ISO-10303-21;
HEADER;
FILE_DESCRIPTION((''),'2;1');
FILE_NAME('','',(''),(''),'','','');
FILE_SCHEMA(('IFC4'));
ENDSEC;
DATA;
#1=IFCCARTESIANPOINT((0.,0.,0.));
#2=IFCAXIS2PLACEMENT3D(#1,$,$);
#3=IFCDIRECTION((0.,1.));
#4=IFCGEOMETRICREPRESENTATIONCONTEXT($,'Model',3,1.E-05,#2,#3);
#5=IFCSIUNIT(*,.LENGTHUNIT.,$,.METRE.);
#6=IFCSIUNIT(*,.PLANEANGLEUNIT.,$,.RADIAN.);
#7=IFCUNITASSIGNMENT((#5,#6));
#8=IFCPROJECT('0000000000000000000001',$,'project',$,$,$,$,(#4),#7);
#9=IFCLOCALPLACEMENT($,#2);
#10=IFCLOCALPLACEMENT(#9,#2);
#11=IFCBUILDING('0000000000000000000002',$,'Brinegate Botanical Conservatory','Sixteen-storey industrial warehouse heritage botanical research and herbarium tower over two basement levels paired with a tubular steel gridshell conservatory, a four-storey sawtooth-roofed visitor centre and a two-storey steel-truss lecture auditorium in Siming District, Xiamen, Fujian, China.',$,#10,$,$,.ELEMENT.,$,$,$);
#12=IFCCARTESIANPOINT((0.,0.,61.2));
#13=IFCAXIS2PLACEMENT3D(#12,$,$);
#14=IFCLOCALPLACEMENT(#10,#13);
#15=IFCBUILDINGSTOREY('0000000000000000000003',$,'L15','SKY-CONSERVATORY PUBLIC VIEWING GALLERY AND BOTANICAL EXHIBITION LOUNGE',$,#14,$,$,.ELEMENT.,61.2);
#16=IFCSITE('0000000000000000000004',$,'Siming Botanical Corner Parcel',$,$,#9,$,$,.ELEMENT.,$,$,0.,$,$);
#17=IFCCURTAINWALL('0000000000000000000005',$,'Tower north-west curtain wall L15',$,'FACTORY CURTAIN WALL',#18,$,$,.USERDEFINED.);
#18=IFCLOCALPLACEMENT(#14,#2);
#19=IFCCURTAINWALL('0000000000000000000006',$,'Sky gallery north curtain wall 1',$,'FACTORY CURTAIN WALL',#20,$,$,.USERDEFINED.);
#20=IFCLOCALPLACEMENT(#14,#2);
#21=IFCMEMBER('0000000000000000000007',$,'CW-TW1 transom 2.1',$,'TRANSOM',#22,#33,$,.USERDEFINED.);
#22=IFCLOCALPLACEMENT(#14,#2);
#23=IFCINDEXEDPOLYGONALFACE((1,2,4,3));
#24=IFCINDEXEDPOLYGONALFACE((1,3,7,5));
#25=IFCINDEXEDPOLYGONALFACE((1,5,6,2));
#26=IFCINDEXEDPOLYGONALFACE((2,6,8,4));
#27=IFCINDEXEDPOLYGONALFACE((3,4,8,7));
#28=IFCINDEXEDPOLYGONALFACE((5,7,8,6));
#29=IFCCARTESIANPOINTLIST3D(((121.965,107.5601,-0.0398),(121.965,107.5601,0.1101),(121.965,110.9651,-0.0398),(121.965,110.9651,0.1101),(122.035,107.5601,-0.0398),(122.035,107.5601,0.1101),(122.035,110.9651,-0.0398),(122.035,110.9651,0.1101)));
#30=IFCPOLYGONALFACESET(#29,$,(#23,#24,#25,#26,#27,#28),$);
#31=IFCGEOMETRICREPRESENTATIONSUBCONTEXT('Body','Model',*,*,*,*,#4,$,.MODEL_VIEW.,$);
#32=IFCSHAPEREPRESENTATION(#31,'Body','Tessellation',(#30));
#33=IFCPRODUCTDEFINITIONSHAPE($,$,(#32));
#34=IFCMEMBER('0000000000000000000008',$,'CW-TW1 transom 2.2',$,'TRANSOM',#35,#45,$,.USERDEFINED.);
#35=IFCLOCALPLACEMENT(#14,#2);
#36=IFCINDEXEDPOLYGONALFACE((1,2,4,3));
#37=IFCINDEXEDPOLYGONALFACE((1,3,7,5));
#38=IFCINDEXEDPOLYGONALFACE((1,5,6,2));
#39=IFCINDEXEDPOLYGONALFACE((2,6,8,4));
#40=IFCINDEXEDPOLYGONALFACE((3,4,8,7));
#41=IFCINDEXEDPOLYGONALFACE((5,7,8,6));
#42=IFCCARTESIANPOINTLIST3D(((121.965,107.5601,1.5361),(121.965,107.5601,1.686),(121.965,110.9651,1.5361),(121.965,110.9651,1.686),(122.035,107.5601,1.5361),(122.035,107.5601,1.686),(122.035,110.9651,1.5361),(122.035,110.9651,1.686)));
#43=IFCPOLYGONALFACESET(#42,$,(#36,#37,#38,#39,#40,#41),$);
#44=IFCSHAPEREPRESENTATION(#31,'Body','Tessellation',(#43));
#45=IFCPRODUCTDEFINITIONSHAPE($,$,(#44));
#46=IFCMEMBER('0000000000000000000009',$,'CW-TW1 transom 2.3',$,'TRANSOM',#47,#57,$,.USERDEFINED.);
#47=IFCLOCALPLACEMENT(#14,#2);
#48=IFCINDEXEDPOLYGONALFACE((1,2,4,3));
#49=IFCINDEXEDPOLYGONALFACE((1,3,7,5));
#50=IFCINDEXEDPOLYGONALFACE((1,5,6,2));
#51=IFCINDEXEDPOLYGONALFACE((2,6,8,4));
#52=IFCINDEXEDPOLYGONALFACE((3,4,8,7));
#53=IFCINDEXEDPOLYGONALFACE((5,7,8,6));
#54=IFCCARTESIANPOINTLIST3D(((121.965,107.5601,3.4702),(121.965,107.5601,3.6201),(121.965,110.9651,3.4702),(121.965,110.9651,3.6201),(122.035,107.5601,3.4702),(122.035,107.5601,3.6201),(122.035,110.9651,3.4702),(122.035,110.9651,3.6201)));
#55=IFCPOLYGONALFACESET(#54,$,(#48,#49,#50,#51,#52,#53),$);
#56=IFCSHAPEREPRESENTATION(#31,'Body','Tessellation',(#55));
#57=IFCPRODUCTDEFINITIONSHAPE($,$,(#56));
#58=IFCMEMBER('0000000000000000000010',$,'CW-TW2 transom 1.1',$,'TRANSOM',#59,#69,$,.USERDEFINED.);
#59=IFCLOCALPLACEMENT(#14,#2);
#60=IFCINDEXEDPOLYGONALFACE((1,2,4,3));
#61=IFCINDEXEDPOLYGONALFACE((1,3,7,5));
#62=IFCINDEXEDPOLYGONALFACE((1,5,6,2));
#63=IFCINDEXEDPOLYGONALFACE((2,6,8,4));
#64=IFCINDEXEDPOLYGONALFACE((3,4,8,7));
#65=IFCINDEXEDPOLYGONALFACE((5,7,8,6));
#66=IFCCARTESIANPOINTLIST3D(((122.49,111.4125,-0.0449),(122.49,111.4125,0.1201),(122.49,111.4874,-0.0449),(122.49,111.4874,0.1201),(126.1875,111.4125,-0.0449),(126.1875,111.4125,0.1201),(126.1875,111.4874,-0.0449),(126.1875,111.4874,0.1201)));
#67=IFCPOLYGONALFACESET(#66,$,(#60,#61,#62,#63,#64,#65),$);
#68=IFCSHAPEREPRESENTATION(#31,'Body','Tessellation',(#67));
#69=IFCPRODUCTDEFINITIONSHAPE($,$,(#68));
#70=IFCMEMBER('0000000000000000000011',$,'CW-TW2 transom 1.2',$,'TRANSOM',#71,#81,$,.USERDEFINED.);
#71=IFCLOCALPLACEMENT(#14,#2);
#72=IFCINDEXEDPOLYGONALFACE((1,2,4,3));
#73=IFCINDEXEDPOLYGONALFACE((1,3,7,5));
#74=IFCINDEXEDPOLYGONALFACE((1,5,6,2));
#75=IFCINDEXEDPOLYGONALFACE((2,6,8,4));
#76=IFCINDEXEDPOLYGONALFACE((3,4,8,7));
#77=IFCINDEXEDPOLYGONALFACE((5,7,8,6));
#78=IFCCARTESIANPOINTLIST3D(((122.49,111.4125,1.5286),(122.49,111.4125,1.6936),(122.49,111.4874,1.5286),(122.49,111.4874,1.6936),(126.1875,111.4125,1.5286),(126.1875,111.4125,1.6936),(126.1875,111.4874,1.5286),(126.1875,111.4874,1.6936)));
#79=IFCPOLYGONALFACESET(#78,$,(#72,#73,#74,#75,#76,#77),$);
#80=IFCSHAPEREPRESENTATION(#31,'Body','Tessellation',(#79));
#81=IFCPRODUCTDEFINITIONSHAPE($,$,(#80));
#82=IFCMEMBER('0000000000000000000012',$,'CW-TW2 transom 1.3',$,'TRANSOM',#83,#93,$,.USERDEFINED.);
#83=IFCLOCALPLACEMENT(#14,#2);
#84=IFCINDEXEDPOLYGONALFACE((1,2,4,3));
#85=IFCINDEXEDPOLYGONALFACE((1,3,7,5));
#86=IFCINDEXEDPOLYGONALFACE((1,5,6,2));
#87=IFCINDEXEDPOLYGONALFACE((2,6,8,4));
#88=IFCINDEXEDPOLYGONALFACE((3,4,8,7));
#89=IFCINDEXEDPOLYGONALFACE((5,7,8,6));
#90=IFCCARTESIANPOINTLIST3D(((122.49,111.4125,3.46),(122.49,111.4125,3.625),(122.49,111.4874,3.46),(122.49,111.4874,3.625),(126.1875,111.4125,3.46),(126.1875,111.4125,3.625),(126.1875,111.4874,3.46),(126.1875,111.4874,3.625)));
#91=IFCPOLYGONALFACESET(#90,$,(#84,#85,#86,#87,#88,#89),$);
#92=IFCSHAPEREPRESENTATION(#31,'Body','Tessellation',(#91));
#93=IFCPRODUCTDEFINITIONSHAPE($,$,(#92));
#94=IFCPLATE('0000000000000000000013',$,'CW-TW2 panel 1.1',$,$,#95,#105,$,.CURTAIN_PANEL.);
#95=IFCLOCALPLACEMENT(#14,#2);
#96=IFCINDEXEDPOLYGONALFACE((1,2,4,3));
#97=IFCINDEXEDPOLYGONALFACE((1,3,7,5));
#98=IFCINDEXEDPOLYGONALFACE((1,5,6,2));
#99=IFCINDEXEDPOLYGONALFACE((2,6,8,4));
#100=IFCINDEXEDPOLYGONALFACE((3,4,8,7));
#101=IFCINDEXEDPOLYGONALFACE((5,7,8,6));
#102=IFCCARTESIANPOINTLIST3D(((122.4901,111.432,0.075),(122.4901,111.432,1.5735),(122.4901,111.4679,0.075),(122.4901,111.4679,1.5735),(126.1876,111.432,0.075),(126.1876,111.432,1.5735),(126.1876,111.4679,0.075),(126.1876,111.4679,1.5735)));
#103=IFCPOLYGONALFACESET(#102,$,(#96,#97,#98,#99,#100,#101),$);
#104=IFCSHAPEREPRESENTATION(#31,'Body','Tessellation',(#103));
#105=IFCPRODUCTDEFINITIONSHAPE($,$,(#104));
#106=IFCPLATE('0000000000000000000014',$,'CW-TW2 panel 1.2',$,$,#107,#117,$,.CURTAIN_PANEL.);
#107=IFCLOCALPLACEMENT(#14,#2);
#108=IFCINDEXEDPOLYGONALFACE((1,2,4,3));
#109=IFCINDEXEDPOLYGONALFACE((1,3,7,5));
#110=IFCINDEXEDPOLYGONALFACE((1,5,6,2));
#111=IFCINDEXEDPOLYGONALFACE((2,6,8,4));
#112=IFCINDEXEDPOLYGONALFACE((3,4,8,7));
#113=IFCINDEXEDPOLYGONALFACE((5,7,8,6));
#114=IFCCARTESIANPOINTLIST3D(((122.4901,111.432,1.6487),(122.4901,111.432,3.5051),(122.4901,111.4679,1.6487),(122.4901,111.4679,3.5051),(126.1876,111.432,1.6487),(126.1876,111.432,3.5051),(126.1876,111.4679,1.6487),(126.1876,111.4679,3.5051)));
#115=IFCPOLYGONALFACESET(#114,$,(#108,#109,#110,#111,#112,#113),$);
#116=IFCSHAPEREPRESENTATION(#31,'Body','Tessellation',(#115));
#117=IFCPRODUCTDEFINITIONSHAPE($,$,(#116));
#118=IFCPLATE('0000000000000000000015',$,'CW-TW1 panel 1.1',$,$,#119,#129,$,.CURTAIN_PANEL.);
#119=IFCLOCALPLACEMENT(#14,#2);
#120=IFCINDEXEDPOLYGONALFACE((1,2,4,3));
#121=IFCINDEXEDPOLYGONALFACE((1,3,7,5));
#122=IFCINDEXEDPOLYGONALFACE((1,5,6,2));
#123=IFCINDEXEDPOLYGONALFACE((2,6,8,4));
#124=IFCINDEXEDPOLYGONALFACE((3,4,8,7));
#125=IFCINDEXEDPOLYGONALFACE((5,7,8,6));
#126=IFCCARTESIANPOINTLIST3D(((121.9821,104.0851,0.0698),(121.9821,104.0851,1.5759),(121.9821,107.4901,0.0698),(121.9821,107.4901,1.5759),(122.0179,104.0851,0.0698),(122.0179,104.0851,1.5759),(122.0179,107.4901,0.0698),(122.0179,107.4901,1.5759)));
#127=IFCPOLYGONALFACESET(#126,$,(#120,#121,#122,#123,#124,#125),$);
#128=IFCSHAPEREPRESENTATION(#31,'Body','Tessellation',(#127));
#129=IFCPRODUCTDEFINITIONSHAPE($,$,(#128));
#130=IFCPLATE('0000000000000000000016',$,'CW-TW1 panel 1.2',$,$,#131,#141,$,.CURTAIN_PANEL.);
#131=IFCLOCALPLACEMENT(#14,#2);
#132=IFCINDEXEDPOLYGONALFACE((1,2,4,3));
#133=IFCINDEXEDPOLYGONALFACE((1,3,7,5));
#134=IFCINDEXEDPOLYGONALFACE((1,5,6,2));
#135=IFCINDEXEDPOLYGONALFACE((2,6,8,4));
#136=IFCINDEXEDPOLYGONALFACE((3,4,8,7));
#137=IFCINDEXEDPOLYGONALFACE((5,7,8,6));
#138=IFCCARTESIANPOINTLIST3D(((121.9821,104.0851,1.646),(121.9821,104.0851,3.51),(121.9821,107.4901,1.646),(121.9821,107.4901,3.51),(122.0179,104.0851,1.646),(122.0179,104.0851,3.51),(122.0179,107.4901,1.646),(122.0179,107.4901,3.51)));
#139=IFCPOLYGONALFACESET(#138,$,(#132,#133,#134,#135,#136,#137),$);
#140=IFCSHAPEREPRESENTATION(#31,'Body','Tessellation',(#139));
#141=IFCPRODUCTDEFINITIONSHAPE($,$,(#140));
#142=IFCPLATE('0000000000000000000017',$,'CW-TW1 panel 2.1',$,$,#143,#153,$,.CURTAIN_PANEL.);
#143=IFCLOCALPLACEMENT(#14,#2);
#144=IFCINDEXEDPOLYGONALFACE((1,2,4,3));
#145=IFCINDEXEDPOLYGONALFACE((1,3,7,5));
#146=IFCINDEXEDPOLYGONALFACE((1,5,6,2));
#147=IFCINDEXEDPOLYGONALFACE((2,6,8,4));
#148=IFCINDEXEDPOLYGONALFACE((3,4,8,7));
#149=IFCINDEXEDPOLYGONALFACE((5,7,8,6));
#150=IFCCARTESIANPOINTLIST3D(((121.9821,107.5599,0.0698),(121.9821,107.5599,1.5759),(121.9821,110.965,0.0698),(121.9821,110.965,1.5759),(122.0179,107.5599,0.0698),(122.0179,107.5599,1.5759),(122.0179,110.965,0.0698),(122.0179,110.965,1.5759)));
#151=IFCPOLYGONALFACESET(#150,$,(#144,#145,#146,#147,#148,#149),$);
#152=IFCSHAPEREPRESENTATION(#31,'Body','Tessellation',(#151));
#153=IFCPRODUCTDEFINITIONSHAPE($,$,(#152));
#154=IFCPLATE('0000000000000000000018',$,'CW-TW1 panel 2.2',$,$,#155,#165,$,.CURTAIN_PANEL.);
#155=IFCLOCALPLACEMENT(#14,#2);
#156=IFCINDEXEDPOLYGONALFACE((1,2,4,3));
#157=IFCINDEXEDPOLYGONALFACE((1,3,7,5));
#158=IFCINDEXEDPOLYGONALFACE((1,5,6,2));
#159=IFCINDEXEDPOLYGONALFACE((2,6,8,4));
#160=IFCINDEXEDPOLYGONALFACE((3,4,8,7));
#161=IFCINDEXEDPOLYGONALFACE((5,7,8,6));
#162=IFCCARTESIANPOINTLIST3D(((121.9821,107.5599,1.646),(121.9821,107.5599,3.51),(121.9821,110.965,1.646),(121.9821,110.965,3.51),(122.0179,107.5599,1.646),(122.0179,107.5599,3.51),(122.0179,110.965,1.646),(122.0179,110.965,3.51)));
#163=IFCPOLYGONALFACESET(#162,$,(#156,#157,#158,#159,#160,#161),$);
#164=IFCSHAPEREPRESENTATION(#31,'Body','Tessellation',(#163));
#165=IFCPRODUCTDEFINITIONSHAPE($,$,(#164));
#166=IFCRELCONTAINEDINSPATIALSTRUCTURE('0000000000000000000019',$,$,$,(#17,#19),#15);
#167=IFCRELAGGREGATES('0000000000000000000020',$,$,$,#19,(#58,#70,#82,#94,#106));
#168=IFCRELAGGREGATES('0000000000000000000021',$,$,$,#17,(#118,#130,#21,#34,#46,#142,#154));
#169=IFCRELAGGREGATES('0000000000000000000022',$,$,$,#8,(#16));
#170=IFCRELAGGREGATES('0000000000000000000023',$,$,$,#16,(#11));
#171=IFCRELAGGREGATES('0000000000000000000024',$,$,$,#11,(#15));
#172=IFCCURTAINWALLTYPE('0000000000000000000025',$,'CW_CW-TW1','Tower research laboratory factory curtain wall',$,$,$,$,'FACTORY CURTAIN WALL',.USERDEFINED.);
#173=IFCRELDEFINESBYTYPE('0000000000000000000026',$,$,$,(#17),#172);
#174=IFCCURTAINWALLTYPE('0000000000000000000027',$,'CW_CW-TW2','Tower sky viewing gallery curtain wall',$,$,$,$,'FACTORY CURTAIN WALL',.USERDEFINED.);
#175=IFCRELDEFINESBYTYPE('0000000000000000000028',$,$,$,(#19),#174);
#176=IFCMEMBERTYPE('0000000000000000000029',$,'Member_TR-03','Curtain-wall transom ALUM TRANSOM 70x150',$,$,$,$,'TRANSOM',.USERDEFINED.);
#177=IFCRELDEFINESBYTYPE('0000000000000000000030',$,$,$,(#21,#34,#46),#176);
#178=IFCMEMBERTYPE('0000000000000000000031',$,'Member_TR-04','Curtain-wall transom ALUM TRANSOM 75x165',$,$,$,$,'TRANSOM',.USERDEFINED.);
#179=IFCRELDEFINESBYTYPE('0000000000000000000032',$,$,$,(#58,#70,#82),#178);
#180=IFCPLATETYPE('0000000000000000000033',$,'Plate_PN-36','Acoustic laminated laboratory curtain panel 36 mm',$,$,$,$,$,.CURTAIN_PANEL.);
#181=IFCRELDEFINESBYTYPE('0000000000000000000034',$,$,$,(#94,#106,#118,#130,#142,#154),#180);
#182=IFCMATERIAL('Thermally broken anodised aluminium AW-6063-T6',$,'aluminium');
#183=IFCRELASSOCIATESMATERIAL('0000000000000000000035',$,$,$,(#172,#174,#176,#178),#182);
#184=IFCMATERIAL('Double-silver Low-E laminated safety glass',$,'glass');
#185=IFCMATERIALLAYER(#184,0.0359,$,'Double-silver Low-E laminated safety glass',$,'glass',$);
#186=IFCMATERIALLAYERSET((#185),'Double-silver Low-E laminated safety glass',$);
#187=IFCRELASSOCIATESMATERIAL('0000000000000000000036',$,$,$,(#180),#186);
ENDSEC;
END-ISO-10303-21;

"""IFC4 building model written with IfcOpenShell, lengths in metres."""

from ifc_helpers import new_model, si_unit, direction, frame, origin, origin_2d, place, context, subcontext, project, spatial, rectangle, extrude, material, layer, layer_set, material_profile, profile_set, type_object, element, aggregate, save


model = new_model("IFC4")

# Units and contexts
model_context = context("Model", 3, precision=1e-05, world=origin(), true_north=direction((0.0, 1.0)))
body_context = subcontext(model_context, "Body", "Model", "MODEL_VIEW")
ifc_project = project(units=[si_unit("LENGTHUNIT", "METRE"), si_unit("PLANEANGLEUNIT", "RADIAN")], contexts=[model_context])

# Site, building, storey
site_placement = place(None, origin())
site = spatial("IfcSite", under=ifc_project, at=site_placement, Name="Siming Botanical Corner Parcel", CompositionType="ELEMENT", RefElevation=0.0)
building_placement = place(site_placement, origin())
building = spatial("IfcBuilding", under=site, at=building_placement, Name="Brinegate Botanical Conservatory", Description="Sixteen-storey industrial warehouse heritage botanical research and herbarium tower over two basement levels paired with a tubular steel gridshell conservatory, a four-storey sawtooth-roofed visitor centre and a two-storey steel-truss lecture auditorium in Siming District, Xiamen, Fujian, China.", CompositionType="ELEMENT")
storey_placement = place(building_placement, frame((0.0, 0.0, 61.2)))
storey = spatial("IfcBuildingStorey", under=building, at=storey_placement, Name="L15", Description="SKY-CONSERVATORY PUBLIC VIEWING GALLERY AND BOTANICAL EXHIBITION LOUNGE", CompositionType="ELEMENT", Elevation=61.2)

# Curtain walls
ifc_material_1 = material(Name="Thermally broken anodised aluminium AW-6063-T6", Category="aluminium")
curtain_wall_type_1 = type_object("IfcCurtainWallType", Name="CW_CW-TW1", Description="Tower research laboratory factory curtain wall", ElementType="FACTORY CURTAIN WALL", PredefinedType="USERDEFINED", material=ifc_material_1)
curtain_wall_1_placement = place(storey_placement, origin())
curtain_wall_1 = element("IfcCurtainWall", 1, at=curtain_wall_1_placement, inside=storey, type_object=curtain_wall_type_1, Name="Tower north-west curtain wall L15", ObjectType="FACTORY CURTAIN WALL", PredefinedType="USERDEFINED")
curtain_wall_type_2 = type_object("IfcCurtainWallType", Name="CW_CW-TW2", Description="Tower sky viewing gallery curtain wall", ElementType="FACTORY CURTAIN WALL", PredefinedType="USERDEFINED", material=ifc_material_1)
curtain_wall_2_placement = place(storey_placement, origin())
curtain_wall_2 = element("IfcCurtainWall", 2, at=curtain_wall_2_placement, inside=storey, type_object=curtain_wall_type_2, Name="Sky gallery north curtain wall 1", ObjectType="FACTORY CURTAIN WALL", PredefinedType="USERDEFINED")

# Members
ifc_material_profile_1 = material_profile(ifc_material_1, rectangle(XDim=0.0701, YDim=0.1499, at=origin_2d()), Name="ALUM TRANSOM 70x150")
ifc_profile_set_1 = profile_set([ifc_material_profile_1], Name="Thermally broken anodised aluminium AW-6063-T6")
member_type_1 = type_object("IfcMemberType", Name="Member_TR-03", Description="Curtain-wall transom ALUM TRANSOM 70x150", ElementType="TRANSOM", PredefinedType="USERDEFINED", material=ifc_profile_set_1)
member_1_placement = place(storey_placement, frame((122.0, 107.5601, 0.0352), z_axis=(0.0, 1.0, 0.0), x_axis=(-1.0, 0.0, 0.0)))
member_1 = element("IfcMember", 3, at=member_1_placement, type_object=member_type_1, Name="CW-TW1 transom 2.1", ObjectType="TRANSOM", PredefinedType="USERDEFINED", context=body_context, shape_type="SweptSolid", body=[
    extrude(rectangle(XDim=0.0701, YDim=0.1499, at=origin_2d()), origin(), (0.0, 0.0, 1.0), 3.405),
])
member_2_placement = place(storey_placement, frame((122.0, 107.5601, 1.6111), z_axis=(0.0, 1.0, 0.0), x_axis=(-1.0, 0.0, 0.0)))
member_2 = element("IfcMember", 4, at=member_2_placement, type_object=member_type_1, Name="CW-TW1 transom 2.2", ObjectType="TRANSOM", PredefinedType="USERDEFINED", context=body_context, shape_type="SweptSolid", body=[
    extrude(rectangle(XDim=0.0701, YDim=0.1499, at=origin_2d()), origin(), (0.0, 0.0, 1.0), 3.405),
])
member_3_placement = place(storey_placement, frame((122.0, 107.5601, 3.5452), z_axis=(0.0, 1.0, 0.0), x_axis=(-1.0, 0.0, 0.0)))
member_3 = element("IfcMember", 5, at=member_3_placement, type_object=member_type_1, Name="CW-TW1 transom 2.3", ObjectType="TRANSOM", PredefinedType="USERDEFINED", context=body_context, shape_type="SweptSolid", body=[
    extrude(rectangle(XDim=0.0701, YDim=0.1499, at=origin_2d()), origin(), (0.0, 0.0, 1.0), 3.405),
])
ifc_material_profile_2 = material_profile(ifc_material_1, rectangle(XDim=0.075, YDim=0.165, at=origin_2d()), Name="ALUM TRANSOM 75x165")
ifc_profile_set_2 = profile_set([ifc_material_profile_2], Name="Thermally broken anodised aluminium AW-6063-T6")
member_type_2 = type_object("IfcMemberType", Name="Member_TR-04", Description="Curtain-wall transom ALUM TRANSOM 75x165", ElementType="TRANSOM", PredefinedType="USERDEFINED", material=ifc_profile_set_2)
member_4_placement = place(storey_placement, frame((122.49, 111.45, 0.0376), z_axis=(1.0, 0.0, 0.0), x_axis=(0.0, 1.0, 0.0)))
member_4 = element("IfcMember", 6, at=member_4_placement, type_object=member_type_2, Name="CW-TW2 transom 1.1", ObjectType="TRANSOM", PredefinedType="USERDEFINED", context=body_context, shape_type="SweptSolid", body=[
    extrude(rectangle(XDim=0.075, YDim=0.165, at=origin_2d()), origin(), (0.0, 0.0, 1.0), 3.6975),
])
member_5_placement = place(storey_placement, frame((122.49, 111.45, 1.6111), z_axis=(1.0, 0.0, 0.0), x_axis=(0.0, 1.0, 0.0)))
member_5 = element("IfcMember", 7, at=member_5_placement, type_object=member_type_2, Name="CW-TW2 transom 1.2", ObjectType="TRANSOM", PredefinedType="USERDEFINED", context=body_context, shape_type="SweptSolid", body=[
    extrude(rectangle(XDim=0.075, YDim=0.165, at=origin_2d()), origin(), (0.0, 0.0, 1.0), 3.6975),
])
member_6_placement = place(storey_placement, frame((122.49, 111.45, 3.5425), z_axis=(1.0, 0.0, 0.0), x_axis=(0.0, 1.0, 0.0)))
member_6 = element("IfcMember", 8, at=member_6_placement, type_object=member_type_2, Name="CW-TW2 transom 1.3", ObjectType="TRANSOM", PredefinedType="USERDEFINED", context=body_context, shape_type="SweptSolid", body=[
    extrude(rectangle(XDim=0.075, YDim=0.165, at=origin_2d()), origin(), (0.0, 0.0, 1.0), 3.6975),
])

# Plates
ifc_material_2 = material(Name="Double-silver Low-E laminated safety glass", Category="glass")
ifc_layer_1 = layer(ifc_material_2, 0.0359, Name="Double-silver Low-E laminated safety glass", Category="glass")
ifc_layer_set_1 = layer_set([ifc_layer_1], Name="Double-silver Low-E laminated safety glass")
plate_type = type_object("IfcPlateType", Name="Plate_PN-36", Description="Acoustic laminated laboratory curtain panel 36 mm", PredefinedType="CURTAIN_PANEL", material=ifc_layer_set_1)
plate_1_placement = place(storey_placement, frame((124.3389, 111.45, 0.075), z_axis=(0.0, 0.0, 1.0), x_axis=(1.0, 0.0, 0.0)))
plate_1 = element("IfcPlate", 9, at=plate_1_placement, type_object=plate_type, Name="CW-TW2 panel 1.1", PredefinedType="CURTAIN_PANEL", context=body_context, shape_type="SweptSolid", body=[
    extrude(rectangle(XDim=3.6975, YDim=0.0359, at=origin_2d()), origin(), (0.0, 0.0, 1.0), 1.4985),
])
plate_2_placement = place(storey_placement, frame((124.3389, 111.45, 1.6487), z_axis=(0.0, 0.0, 1.0), x_axis=(1.0, 0.0, 0.0)))
plate_2 = element("IfcPlate", 10, at=plate_2_placement, type_object=plate_type, Name="CW-TW2 panel 1.2", PredefinedType="CURTAIN_PANEL", context=body_context, shape_type="SweptSolid", body=[
    extrude(rectangle(XDim=3.6975, YDim=0.0359, at=origin_2d()), origin(), (0.0, 0.0, 1.0), 1.8564),
])
aggregate(curtain_wall_2, [member_4, member_5, member_6, plate_1, plate_2])
plate_3_placement = place(storey_placement, frame((122.0, 105.7876, 0.0698), z_axis=(0.0, 0.0, 1.0), x_axis=(0.0, 1.0, 0.0)))
plate_3 = element("IfcPlate", 11, at=plate_3_placement, type_object=plate_type, Name="CW-TW1 panel 1.1", PredefinedType="CURTAIN_PANEL", context=body_context, shape_type="SweptSolid", body=[
    extrude(rectangle(XDim=3.405, YDim=0.0359, at=origin_2d()), origin(), (0.0, 0.0, 1.0), 1.5061),
])
plate_4_placement = place(storey_placement, frame((122.0, 105.7876, 1.646), z_axis=(0.0, 0.0, 1.0), x_axis=(0.0, 1.0, 0.0)))
plate_4 = element("IfcPlate", 12, at=plate_4_placement, type_object=plate_type, Name="CW-TW1 panel 1.2", PredefinedType="CURTAIN_PANEL", context=body_context, shape_type="SweptSolid", body=[
    extrude(rectangle(XDim=3.405, YDim=0.0359, at=origin_2d()), origin(), (0.0, 0.0, 1.0), 1.864),
])
plate_5_placement = place(storey_placement, frame((122.0, 109.2625, 0.0698), z_axis=(0.0, 0.0, 1.0), x_axis=(0.0, 1.0, 0.0)))
plate_5 = element("IfcPlate", 13, at=plate_5_placement, type_object=plate_type, Name="CW-TW1 panel 2.1", PredefinedType="CURTAIN_PANEL", context=body_context, shape_type="SweptSolid", body=[
    extrude(rectangle(XDim=3.405, YDim=0.0359, at=origin_2d()), origin(), (0.0, 0.0, 1.0), 1.5061),
])
plate_6_placement = place(storey_placement, frame((122.0, 109.2625, 1.646), z_axis=(0.0, 0.0, 1.0), x_axis=(0.0, 1.0, 0.0)))
plate_6 = element("IfcPlate", 14, at=plate_6_placement, type_object=plate_type, Name="CW-TW1 panel 2.2", PredefinedType="CURTAIN_PANEL", context=body_context, shape_type="SweptSolid", body=[
    extrude(rectangle(XDim=3.405, YDim=0.0359, at=origin_2d()), origin(), (0.0, 0.0, 1.0), 1.864),
])
aggregate(curtain_wall_1, [plate_3, plate_4, member_1, member_2, member_3, plate_5, plate_6])

save(model, "model.ifc")
